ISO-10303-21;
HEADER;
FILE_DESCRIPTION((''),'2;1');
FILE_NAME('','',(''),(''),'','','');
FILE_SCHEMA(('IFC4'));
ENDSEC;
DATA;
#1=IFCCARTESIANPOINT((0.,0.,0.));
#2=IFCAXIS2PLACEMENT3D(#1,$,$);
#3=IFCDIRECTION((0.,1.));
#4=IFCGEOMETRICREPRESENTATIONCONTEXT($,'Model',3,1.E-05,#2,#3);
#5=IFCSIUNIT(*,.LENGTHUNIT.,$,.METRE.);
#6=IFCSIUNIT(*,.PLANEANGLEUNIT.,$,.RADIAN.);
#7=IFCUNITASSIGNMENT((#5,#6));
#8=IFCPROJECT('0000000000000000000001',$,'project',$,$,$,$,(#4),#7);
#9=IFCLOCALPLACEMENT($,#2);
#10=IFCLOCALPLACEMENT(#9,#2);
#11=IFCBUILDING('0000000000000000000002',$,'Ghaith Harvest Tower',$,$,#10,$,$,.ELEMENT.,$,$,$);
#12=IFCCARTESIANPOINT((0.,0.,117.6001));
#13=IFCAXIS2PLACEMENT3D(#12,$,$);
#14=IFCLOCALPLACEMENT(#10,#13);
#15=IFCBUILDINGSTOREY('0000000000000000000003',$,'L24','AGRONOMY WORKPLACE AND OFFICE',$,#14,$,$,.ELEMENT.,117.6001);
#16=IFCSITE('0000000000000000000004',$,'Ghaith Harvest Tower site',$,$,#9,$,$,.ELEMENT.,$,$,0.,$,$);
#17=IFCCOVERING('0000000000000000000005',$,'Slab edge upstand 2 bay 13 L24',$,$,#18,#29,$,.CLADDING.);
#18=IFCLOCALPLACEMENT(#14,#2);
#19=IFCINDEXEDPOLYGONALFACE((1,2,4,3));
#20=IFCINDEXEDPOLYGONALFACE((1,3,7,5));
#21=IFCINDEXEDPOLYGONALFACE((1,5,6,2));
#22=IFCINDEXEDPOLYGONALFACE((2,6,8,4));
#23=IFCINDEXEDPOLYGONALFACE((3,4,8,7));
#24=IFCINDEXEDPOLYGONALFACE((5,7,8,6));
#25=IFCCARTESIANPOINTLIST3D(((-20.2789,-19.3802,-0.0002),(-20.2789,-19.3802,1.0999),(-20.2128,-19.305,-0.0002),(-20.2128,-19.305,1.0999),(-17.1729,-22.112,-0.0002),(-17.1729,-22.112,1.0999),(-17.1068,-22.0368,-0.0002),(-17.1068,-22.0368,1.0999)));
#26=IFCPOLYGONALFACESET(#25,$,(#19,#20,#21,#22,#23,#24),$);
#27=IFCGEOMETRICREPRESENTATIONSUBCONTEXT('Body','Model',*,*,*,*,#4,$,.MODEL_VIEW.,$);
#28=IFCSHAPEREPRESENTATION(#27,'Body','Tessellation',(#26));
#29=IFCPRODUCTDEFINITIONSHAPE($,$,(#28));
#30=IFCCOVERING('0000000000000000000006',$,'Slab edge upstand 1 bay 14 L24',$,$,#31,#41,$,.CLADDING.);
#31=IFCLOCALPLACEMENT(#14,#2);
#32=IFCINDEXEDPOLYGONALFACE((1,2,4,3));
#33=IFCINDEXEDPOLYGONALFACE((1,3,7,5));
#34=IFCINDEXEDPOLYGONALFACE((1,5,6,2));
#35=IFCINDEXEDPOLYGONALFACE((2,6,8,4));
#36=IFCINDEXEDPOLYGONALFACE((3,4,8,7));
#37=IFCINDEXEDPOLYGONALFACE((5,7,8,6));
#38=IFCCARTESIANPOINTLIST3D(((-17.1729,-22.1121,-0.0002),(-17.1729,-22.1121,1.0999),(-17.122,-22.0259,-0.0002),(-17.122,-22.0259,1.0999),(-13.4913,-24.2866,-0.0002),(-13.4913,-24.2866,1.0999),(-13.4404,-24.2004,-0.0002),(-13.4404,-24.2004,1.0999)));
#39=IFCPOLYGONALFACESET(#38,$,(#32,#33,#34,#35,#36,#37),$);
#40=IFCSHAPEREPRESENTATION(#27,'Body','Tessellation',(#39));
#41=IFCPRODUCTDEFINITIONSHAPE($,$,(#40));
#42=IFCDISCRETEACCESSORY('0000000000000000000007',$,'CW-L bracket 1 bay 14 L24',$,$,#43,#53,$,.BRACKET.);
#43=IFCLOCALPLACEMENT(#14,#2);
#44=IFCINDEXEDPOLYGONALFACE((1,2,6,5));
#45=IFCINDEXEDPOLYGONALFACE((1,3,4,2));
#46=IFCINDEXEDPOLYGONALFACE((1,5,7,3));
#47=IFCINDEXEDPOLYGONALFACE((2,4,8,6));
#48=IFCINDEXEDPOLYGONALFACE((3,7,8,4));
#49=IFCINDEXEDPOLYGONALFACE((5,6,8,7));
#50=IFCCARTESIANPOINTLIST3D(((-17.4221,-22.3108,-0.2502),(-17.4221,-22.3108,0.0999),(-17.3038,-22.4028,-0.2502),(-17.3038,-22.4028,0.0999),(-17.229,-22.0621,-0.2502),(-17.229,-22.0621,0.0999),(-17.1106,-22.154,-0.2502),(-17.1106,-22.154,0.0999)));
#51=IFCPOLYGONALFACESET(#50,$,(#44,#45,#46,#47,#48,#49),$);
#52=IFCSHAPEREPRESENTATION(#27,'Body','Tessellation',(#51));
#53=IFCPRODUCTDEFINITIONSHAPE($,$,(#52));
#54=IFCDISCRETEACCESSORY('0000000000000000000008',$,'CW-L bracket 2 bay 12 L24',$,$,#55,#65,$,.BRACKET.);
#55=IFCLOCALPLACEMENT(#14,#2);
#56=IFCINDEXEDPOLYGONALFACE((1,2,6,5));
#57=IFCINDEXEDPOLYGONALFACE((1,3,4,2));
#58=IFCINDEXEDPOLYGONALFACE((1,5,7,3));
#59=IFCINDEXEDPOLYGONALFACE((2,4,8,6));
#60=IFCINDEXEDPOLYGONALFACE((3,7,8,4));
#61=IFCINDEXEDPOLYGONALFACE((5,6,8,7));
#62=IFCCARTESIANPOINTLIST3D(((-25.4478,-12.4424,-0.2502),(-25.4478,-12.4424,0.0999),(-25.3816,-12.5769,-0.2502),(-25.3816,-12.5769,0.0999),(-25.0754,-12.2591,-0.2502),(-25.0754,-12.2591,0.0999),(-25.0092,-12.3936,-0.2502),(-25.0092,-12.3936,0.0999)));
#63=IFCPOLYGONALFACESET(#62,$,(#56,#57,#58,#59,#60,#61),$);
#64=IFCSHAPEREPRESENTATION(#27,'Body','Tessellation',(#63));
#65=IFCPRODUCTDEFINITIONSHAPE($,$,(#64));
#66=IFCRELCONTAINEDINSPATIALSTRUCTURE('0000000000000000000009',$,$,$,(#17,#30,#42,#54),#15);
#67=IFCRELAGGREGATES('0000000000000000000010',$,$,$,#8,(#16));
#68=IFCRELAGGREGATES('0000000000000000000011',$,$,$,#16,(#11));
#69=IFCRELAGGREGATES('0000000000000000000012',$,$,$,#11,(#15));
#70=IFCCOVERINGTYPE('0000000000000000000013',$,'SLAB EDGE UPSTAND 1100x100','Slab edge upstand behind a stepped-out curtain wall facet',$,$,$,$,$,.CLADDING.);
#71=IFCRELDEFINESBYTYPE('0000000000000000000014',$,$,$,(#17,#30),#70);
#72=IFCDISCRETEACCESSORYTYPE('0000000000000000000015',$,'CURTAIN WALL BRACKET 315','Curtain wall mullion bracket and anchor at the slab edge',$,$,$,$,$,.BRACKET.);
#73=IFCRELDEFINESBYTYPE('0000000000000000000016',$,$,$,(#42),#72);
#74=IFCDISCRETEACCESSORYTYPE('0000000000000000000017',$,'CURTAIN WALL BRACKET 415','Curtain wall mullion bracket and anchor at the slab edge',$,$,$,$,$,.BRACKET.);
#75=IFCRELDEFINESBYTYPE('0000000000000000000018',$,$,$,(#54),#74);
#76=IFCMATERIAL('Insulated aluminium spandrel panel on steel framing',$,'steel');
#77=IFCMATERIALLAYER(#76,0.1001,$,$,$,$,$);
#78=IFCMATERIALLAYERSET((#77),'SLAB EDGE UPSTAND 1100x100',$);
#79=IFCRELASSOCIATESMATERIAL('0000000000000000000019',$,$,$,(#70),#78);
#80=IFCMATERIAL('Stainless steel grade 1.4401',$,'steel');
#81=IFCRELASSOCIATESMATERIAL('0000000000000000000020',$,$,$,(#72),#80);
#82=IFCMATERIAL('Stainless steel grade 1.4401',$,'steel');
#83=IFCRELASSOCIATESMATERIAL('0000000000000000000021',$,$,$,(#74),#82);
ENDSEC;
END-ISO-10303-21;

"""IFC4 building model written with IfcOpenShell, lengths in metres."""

from ifc_helpers import new_model, si_unit, direction, frame, origin, origin_2d, place, context, subcontext, project, spatial, rectangle, extrude, material, layer, layer_set, type_object, element, save


model = new_model("IFC4")

# Units and contexts
model_context = context("Model", 3, precision=1e-05, world=origin(), true_north=direction((0.0, 1.0)))
body_context = subcontext(model_context, "Body", "Model", "MODEL_VIEW")
ifc_project = project(units=[si_unit("LENGTHUNIT", "METRE"), si_unit("PLANEANGLEUNIT", "RADIAN")], contexts=[model_context])

# Site, building, storey
site_placement = place(None, origin())
site = spatial("IfcSite", under=ifc_project, at=site_placement, Name="Ghaith Harvest Tower site", CompositionType="ELEMENT", RefElevation=0.0)
building_placement = place(site_placement, origin())
building = spatial("IfcBuilding", under=site, at=building_placement, Name="Ghaith Harvest Tower", CompositionType="ELEMENT")
storey_placement = place(building_placement, frame((0.0, 0.0, 117.6001)))
storey = spatial("IfcBuildingStorey", under=building, at=storey_placement, Name="L24", Description="AGRONOMY WORKPLACE AND OFFICE", CompositionType="ELEMENT", Elevation=117.6001)

# Coverings
ifc_material_1 = material(Name="Insulated aluminium spandrel panel on steel framing", Category="steel")
ifc_layer_1 = layer(ifc_material_1, 0.1001)
ifc_layer_set_1 = layer_set([ifc_layer_1], Name="SLAB EDGE UPSTAND 1100x100")
covering_type = type_object("IfcCoveringType", Name="SLAB EDGE UPSTAND 1100x100", Description="Slab edge upstand behind a stepped-out curtain wall facet", PredefinedType="CLADDING", material=ifc_layer_set_1)
covering_1_placement = place(storey_placement, frame((-18.6929, -20.7085, -0.0002), z_axis=(0.0, 0.0, 1.0), x_axis=(0.750892, -0.660425, 0.0)))
element("IfcCovering", 1, at=covering_1_placement, inside=storey, type_object=covering_type, Name="Slab edge upstand 2 bay 13 L24", PredefinedType="CLADDING", context=body_context, shape_type="SweptSolid", body=[
    extrude(rectangle(XDim=4.1365, YDim=0.1001, at=origin_2d()), origin(), (0.0, 0.0, 1.0), 1.1001),
])
covering_2_placement = place(storey_placement, frame((-15.3066, -23.1562, -0.0002), z_axis=(0.0, 0.0, 1.0), x_axis=(0.861021, -0.50857, 0.0)))
element("IfcCovering", 2, at=covering_2_placement, inside=storey, type_object=covering_type, Name="Slab edge upstand 1 bay 14 L24", PredefinedType="CLADDING", context=body_context, shape_type="SweptSolid", body=[
    extrude(rectangle(XDim=4.2759, YDim=0.1001, at=origin_2d()), origin(), (0.0, 0.0, 1.0), 1.1001),
])

# Discrete accessories
ifc_material_2 = material(Name="Stainless steel grade 1.4401", Category="steel")
discrete_accessory_type_1 = type_object("IfcDiscreteAccessoryType", Name="CURTAIN WALL BRACKET 315", Description="Curtain wall mullion bracket and anchor at the slab edge", PredefinedType="BRACKET", material=ifc_material_2)
discrete_accessory_1_placement = place(storey_placement, frame((-17.2664, -22.2324, -0.2502), z_axis=(0.0, 0.0, 1.0), x_axis=(-0.613378, -0.78979, 0.0)))
element("IfcDiscreteAccessory", 3, at=discrete_accessory_1_placement, inside=storey, type_object=discrete_accessory_type_1, Name="CW-L bracket 1 bay 14 L24", PredefinedType="BRACKET", context=body_context, shape_type="SweptSolid", body=[
    extrude(rectangle(XDim=0.3149, YDim=0.1499, at=origin_2d()), origin(), (0.0, 0.0, 1.0), 0.3501),
])
ifc_material_3 = material(Name="Stainless steel grade 1.4401", Category="steel")
discrete_accessory_type_2 = type_object("IfcDiscreteAccessoryType", Name="CURTAIN WALL BRACKET 415", Description="Curtain wall mullion bracket and anchor at the slab edge", PredefinedType="BRACKET", material=ifc_material_3)
discrete_accessory_2_placement = place(storey_placement, frame((-25.2285, -12.418, -0.2502), z_axis=(0.0, 0.0, 1.0), x_axis=(-0.897201, -0.441622, 0.0)))
element("IfcDiscreteAccessory", 4, at=discrete_accessory_2_placement, inside=storey, type_object=discrete_accessory_type_2, Name="CW-L bracket 2 bay 12 L24", PredefinedType="BRACKET", context=body_context, shape_type="SweptSolid", body=[
    extrude(rectangle(XDim=0.415, YDim=0.1499, at=origin_2d()), origin(), (0.0, 0.0, 1.0), 0.3501),
])

save(model, "model.ifc")
